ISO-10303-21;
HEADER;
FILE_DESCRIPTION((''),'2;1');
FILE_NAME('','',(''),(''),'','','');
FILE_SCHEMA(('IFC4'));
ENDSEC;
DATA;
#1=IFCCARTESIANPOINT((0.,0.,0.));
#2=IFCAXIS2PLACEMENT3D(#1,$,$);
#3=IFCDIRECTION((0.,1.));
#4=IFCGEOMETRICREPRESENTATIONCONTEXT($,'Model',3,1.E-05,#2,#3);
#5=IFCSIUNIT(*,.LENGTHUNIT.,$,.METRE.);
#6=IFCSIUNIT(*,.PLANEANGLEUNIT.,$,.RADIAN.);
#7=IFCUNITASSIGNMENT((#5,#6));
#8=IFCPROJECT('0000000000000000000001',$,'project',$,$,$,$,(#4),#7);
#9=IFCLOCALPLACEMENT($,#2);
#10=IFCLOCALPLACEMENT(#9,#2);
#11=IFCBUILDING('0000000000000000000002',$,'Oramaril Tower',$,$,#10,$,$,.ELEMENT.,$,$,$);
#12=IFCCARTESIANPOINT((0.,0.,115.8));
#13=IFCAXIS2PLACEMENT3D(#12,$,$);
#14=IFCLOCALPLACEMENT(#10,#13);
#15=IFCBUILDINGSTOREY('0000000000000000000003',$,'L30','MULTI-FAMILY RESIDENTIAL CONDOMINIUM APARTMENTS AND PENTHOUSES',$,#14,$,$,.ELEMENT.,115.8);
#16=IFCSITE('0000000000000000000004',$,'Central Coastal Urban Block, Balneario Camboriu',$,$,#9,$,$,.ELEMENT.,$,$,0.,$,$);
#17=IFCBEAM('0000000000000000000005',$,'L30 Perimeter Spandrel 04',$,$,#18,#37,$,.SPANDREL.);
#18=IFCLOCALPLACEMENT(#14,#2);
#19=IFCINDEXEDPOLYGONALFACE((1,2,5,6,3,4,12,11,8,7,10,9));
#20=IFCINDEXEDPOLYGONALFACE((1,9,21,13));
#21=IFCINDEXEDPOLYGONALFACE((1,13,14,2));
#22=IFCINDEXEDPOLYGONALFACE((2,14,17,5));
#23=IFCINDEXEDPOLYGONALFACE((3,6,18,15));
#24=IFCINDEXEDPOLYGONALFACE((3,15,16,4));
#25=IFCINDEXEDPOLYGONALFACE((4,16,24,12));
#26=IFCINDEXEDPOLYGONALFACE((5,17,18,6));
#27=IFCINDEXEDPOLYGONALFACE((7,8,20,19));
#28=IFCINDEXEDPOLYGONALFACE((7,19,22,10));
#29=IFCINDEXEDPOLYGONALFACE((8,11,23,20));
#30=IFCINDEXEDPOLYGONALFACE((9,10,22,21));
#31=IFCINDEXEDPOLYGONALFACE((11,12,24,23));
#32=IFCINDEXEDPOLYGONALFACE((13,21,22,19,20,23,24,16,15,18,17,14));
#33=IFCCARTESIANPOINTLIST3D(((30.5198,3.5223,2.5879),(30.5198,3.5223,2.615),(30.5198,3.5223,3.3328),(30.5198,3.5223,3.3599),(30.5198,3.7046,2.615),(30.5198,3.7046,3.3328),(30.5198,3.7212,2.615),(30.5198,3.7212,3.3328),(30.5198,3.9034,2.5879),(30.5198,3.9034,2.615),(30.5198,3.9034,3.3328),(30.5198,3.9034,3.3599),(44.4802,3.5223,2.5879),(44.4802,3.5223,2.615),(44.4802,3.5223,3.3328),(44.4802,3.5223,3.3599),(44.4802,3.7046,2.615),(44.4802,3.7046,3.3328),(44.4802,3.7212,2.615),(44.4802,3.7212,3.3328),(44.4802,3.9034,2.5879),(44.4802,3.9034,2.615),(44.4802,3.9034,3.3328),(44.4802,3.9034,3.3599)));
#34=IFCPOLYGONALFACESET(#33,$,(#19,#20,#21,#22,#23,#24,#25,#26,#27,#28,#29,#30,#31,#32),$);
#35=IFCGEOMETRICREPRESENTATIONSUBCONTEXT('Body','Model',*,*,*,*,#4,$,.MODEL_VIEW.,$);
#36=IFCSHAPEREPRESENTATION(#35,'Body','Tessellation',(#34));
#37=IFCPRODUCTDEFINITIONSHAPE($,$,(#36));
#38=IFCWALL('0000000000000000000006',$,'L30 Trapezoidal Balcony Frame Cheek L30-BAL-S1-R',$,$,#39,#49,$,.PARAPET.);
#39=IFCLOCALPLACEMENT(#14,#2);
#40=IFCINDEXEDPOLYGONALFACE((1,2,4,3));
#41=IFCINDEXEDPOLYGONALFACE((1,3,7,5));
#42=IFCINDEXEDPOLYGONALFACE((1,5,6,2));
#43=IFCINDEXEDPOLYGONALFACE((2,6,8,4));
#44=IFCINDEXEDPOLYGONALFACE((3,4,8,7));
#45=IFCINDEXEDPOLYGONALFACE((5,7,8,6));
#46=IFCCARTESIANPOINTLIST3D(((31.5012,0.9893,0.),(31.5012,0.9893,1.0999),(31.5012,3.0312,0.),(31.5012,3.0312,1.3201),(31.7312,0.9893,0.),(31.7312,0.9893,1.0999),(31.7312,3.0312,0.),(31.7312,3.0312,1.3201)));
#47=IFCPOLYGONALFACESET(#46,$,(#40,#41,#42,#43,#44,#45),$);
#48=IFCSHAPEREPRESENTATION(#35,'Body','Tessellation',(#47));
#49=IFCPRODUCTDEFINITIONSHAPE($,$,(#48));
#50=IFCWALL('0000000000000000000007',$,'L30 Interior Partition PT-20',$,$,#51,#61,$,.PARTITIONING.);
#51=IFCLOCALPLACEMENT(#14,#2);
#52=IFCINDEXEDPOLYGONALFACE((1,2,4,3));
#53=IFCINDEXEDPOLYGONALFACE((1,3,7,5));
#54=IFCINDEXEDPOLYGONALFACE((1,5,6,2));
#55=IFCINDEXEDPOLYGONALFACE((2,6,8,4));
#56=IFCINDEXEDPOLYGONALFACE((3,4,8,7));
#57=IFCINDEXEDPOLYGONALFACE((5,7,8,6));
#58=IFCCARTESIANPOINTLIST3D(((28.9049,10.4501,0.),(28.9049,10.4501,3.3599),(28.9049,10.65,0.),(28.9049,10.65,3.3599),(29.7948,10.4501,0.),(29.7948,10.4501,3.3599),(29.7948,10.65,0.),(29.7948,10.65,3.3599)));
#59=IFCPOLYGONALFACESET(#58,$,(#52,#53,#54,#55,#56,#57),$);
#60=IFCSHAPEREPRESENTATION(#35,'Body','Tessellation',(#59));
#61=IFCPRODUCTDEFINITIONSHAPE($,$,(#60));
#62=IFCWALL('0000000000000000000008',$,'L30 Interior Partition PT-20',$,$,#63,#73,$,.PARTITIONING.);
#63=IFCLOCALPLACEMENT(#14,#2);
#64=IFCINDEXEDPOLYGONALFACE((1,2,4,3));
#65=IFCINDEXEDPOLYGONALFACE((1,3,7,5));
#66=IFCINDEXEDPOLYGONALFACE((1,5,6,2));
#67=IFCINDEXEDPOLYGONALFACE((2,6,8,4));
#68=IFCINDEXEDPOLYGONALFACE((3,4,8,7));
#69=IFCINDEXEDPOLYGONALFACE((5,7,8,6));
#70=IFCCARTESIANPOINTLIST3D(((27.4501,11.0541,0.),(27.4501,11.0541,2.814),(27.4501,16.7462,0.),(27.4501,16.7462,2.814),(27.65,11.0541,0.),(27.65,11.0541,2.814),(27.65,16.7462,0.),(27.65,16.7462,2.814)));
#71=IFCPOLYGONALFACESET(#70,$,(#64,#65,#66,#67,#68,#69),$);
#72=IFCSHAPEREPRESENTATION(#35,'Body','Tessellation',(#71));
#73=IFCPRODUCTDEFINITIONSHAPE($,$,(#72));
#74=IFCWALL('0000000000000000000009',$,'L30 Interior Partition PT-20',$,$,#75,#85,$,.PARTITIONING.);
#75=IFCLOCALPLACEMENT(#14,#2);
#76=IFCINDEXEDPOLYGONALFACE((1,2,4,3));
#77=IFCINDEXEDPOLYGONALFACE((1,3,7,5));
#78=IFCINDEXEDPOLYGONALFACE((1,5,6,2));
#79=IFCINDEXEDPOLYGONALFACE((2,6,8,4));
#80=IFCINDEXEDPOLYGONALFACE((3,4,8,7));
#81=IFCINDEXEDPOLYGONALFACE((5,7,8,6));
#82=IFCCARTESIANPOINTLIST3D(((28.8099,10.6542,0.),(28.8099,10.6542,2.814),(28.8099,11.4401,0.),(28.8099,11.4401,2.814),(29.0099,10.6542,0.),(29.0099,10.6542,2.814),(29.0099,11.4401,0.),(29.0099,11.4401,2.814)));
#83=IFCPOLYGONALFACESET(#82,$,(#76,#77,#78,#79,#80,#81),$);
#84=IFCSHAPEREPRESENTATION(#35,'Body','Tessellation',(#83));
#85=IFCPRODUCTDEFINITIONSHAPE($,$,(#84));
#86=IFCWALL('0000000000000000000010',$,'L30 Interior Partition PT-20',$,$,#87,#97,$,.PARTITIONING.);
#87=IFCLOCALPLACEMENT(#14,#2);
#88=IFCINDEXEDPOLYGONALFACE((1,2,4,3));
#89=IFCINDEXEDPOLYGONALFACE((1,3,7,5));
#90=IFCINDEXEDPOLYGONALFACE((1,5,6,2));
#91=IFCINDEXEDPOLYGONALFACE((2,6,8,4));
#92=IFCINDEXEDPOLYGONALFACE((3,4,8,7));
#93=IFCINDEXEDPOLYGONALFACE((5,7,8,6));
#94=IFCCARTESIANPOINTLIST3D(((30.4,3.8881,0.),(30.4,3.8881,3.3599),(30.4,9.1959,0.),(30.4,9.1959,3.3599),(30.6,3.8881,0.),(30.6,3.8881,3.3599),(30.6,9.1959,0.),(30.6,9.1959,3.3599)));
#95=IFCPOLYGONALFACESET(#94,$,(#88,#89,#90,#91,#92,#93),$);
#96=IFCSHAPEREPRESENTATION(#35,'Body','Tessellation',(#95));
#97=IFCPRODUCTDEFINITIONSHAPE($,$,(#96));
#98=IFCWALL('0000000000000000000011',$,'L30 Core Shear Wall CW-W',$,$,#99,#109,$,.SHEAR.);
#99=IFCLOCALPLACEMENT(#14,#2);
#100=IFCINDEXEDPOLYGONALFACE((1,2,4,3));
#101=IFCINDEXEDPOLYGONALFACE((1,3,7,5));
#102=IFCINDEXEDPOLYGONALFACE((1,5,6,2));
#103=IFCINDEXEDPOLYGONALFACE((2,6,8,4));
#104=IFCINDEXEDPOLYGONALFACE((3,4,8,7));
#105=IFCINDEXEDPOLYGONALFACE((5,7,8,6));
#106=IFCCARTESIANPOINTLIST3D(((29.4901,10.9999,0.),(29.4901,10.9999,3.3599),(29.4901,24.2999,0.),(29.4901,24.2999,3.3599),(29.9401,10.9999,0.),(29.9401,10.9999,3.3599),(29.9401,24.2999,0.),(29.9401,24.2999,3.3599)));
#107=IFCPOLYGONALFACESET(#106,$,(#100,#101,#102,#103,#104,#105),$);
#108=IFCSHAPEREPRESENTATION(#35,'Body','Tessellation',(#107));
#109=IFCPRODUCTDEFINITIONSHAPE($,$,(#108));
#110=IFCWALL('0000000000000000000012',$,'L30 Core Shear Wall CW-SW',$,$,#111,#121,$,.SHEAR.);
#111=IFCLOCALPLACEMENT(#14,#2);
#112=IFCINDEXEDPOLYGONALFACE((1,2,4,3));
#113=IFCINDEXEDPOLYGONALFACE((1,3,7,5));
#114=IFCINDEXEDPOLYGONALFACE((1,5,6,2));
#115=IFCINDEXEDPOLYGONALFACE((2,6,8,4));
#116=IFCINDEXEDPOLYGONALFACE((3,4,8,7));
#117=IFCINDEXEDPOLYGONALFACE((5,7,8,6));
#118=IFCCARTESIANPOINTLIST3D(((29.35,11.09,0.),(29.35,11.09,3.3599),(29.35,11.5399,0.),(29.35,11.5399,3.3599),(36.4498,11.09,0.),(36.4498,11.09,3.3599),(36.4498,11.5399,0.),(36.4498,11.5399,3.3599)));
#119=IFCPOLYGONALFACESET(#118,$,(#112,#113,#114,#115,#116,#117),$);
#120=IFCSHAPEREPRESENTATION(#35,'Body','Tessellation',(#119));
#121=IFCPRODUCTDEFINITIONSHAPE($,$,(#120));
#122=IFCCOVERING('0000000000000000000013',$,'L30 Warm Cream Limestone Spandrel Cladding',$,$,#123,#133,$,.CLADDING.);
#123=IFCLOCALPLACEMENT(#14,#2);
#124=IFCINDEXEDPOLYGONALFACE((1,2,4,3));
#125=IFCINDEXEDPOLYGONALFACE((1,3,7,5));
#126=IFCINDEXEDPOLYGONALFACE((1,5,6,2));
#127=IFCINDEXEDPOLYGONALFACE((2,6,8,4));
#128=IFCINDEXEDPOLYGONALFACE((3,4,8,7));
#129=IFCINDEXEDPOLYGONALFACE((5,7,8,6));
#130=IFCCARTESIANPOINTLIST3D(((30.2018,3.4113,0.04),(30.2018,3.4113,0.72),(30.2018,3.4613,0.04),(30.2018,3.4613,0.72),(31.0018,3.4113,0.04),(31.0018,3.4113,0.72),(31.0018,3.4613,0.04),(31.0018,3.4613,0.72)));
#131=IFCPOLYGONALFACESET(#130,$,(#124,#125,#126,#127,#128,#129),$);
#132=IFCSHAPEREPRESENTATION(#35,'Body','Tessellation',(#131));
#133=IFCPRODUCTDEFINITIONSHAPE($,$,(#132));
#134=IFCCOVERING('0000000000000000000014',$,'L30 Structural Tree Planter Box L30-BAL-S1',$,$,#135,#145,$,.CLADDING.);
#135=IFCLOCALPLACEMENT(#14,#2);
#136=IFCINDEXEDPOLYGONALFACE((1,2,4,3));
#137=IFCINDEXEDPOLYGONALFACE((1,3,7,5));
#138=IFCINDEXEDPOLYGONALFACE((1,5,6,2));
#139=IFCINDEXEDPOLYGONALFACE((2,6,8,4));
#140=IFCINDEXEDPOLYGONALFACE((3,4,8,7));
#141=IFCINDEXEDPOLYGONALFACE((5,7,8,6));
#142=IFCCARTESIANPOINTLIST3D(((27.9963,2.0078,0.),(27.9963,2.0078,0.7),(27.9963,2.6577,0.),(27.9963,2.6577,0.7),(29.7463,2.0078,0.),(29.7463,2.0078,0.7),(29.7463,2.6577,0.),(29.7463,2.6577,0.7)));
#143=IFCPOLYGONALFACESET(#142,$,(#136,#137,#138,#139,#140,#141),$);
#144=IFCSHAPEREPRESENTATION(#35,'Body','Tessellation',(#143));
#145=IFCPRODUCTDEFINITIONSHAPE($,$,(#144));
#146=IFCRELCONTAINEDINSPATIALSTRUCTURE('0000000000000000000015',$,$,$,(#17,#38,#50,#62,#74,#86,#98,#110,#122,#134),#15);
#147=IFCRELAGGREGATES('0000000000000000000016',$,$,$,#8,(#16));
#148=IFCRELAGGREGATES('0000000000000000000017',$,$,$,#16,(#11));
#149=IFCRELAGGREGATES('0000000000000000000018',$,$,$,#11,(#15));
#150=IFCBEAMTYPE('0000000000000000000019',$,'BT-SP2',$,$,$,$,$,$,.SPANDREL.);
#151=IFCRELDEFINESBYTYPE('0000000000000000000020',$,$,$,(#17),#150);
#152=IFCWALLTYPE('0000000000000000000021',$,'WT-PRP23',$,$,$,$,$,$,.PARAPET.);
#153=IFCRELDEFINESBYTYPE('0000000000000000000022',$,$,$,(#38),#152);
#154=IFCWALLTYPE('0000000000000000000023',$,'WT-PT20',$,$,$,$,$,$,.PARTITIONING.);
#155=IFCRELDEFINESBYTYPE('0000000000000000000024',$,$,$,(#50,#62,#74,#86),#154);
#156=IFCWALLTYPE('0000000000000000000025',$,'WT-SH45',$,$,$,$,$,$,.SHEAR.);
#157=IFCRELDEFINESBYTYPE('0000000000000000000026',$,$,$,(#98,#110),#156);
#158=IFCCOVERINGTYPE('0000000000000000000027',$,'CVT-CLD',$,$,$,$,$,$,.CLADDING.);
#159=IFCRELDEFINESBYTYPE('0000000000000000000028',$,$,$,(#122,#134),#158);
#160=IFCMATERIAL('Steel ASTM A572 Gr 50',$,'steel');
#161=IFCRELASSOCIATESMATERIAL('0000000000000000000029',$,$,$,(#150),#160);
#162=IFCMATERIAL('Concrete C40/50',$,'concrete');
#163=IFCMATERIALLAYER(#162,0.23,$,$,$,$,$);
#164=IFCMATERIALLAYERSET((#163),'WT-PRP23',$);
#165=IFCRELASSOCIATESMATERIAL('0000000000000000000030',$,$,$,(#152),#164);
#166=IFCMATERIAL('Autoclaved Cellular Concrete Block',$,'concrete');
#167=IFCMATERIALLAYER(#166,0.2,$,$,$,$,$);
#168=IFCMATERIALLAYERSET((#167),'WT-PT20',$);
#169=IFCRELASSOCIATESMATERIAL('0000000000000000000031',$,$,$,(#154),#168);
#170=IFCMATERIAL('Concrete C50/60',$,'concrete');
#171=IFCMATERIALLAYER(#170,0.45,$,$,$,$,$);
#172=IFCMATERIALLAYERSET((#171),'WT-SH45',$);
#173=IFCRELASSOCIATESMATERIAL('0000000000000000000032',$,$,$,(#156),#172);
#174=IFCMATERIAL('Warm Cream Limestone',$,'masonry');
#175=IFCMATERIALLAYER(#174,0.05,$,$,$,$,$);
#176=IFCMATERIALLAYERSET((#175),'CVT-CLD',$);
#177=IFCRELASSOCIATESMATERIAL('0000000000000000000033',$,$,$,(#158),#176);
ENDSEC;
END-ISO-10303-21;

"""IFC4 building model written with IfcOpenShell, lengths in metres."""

from ifc_helpers import new_model, si_unit, direction, frame, frame_2d, origin, origin_2d, place, context, subcontext, project, spatial, polyline, rectangle, i_section, outline, extrude, material, layer, layer_set, material_profile, profile_set, type_object, element, save


model = new_model("IFC4")

# Units and contexts
model_context = context("Model", 3, precision=1e-05, world=origin(), true_north=direction((0.0, 1.0)))
body_context = subcontext(model_context, "Body", "Model", "MODEL_VIEW")
ifc_project = project(units=[si_unit("LENGTHUNIT", "METRE"), si_unit("PLANEANGLEUNIT", "RADIAN")], contexts=[model_context])

# Site, building, storey
site_placement = place(None, origin())
site = spatial("IfcSite", under=ifc_project, at=site_placement, Name="Central Coastal Urban Block, Balneario Camboriu", CompositionType="ELEMENT", RefElevation=0.0)
building_placement = place(site_placement, origin())
building = spatial("IfcBuilding", under=site, at=building_placement, Name="Oramaril Tower", CompositionType="ELEMENT")
storey_placement = place(building_placement, frame((0.0, 0.0, 115.8)))
storey = spatial("IfcBuildingStorey", under=building, at=storey_placement, Name="L30", Description="MULTI-FAMILY RESIDENTIAL CONDOMINIUM APARTMENTS AND PENTHOUSES", CompositionType="ELEMENT", Elevation=115.8)

# Beam
ifc_material_1 = material(Name="Steel ASTM A572 Gr 50", Category="steel")
ifc_material_profile_1 = material_profile(ifc_material_1, i_section(OverallWidth=0.3811, OverallDepth=0.772, WebThickness=0.0166, FlangeThickness=0.0271, at=origin_2d()), Name="W30X173")
ifc_profile_set_1 = profile_set([ifc_material_profile_1], Name="Steel ASTM A572 Gr 50")
beam_type_1 = type_object("IfcBeamType", Name="BT-SP2", PredefinedType="SPANDREL", material=ifc_profile_set_1)
beam_1_placement = place(storey_placement, frame((30.5198, 3.7129, 2.9739), z_axis=(1.0, 0.0, 0.0), x_axis=(0.0, 1.0, 0.0)))
element("IfcBeam", 1, at=beam_1_placement, inside=storey, type_object=beam_type_1, Name="L30 Perimeter Spandrel 04", PredefinedType="SPANDREL", context=body_context, shape_type="SweptSolid", body=[
    extrude(i_section(OverallWidth=0.3811, OverallDepth=0.772, WebThickness=0.0166, FlangeThickness=0.0271, at=origin_2d()), origin(), (0.0, 0.0, 1.0), 13.9604),
])

# Walls
ifc_material_2 = material(Name="Concrete C40/50", Category="concrete")
ifc_layer_1 = layer(ifc_material_2, 0.23)
ifc_layer_set_1 = layer_set([ifc_layer_1], Name="WT-PRP23")
wall_type_1 = type_object("IfcWallType", Name="WT-PRP23", PredefinedType="PARAPET", material=ifc_layer_set_1)
wall_1_placement = place(storey_placement, frame((31.6162, 3.0312, 0.0), z_axis=(0.0, 0.0, 1.0), x_axis=(0.0, -1.0, 0.0)))
element("IfcWall", 2, at=wall_1_placement, inside=storey, type_object=wall_type_1, Name="L30 Trapezoidal Balcony Frame Cheek L30-BAL-S1-R", PredefinedType="PARAPET", context=body_context, shape_type="SweptSolid", body=[
    extrude(outline(polyline([(0.0, 0.0), (2.042, 0.0), (2.042, 1.0999), (0.0, 1.3201), (0.0, 0.0)])), frame((0.0, 0.115, 0.0), z_axis=(0.0, -1.0, 0.0), x_axis=(1.0, 0.0, 0.0)), (0.0, 0.0, 1.0), 0.23),
])
ifc_material_3 = material(Name="Autoclaved Cellular Concrete Block", Category="concrete")
ifc_layer_2 = layer(ifc_material_3, 0.2)
ifc_layer_set_2 = layer_set([ifc_layer_2], Name="WT-PT20")
wall_type_2 = type_object("IfcWallType", Name="WT-PT20", PredefinedType="PARTITIONING", material=ifc_layer_set_2)
wall_2_placement = place(storey_placement, frame((28.905, 10.55, 0.0), z_axis=(0.0, 0.0, 1.0), x_axis=(1.0, 0.0, 0.0)))
element("IfcWall", 3, at=wall_2_placement, inside=storey, type_object=wall_type_2, Name="L30 Interior Partition PT-20", PredefinedType="PARTITIONING", context=body_context, shape_type="SweptSolid", body=[
    extrude(rectangle(XDim=0.8899, YDim=0.2, at=frame_2d((0.4448, 0.0))), origin(), (0.0, 0.0, 1.0), 3.3599),
])
wall_3_placement = place(storey_placement, frame((27.55, 11.054, 0.0), z_axis=(0.0, 0.0, 1.0), x_axis=(0.0, 1.0, 0.0)))
element("IfcWall", 4, at=wall_3_placement, inside=storey, type_object=wall_type_2, Name="L30 Interior Partition PT-20", PredefinedType="PARTITIONING", context=body_context, shape_type="SweptSolid", body=[
    extrude(rectangle(XDim=5.6921, YDim=0.2, at=frame_2d((2.8462, 0.0))), origin(), (0.0, 0.0, 1.0), 2.814),
])
wall_4_placement = place(storey_placement, frame((28.9099, 10.6541, 0.0), z_axis=(0.0, 0.0, 1.0), x_axis=(0.0, 1.0, 0.0)))
element("IfcWall", 5, at=wall_4_placement, inside=storey, type_object=wall_type_2, Name="L30 Interior Partition PT-20", PredefinedType="PARTITIONING", context=body_context, shape_type="SweptSolid", body=[
    extrude(rectangle(XDim=0.7859, YDim=0.2, at=frame_2d((0.3931, 0.0))), origin(), (0.0, 0.0, 1.0), 2.814),
])
wall_5_placement = place(storey_placement, frame((30.5, 3.8882, 0.0), z_axis=(0.0, 0.0, 1.0), x_axis=(0.0, 1.0, 0.0)))
element("IfcWall", 6, at=wall_5_placement, inside=storey, type_object=wall_type_2, Name="L30 Interior Partition PT-20", PredefinedType="PARTITIONING", context=body_context, shape_type="SweptSolid", body=[
    extrude(rectangle(XDim=5.3079, YDim=0.2, at=frame_2d((2.6538, 0.0))), origin(), (0.0, 0.0, 1.0), 3.3599),
])
ifc_material_4 = material(Name="Concrete C50/60", Category="concrete")
ifc_layer_3 = layer(ifc_material_4, 0.45)
ifc_layer_set_3 = layer_set([ifc_layer_3], Name="WT-SH45")
wall_type_3 = type_object("IfcWallType", Name="WT-SH45", PredefinedType="SHEAR", material=ifc_layer_set_3)
wall_6_placement = place(storey_placement, frame((29.7151, 11.0, 0.0), z_axis=(0.0, 0.0, 1.0), x_axis=(0.0, 1.0, 0.0)))
element("IfcWall", 7, at=wall_6_placement, inside=storey, type_object=wall_type_3, Name="L30 Core Shear Wall CW-W", PredefinedType="SHEAR", context=body_context, shape_type="SweptSolid", body=[
    extrude(rectangle(XDim=13.3, YDim=0.45, at=frame_2d((6.6499, 0.0))), origin(), (0.0, 0.0, 1.0), 3.3599),
])
wall_7_placement = place(storey_placement, frame((29.3501, 11.3149, 0.0), z_axis=(0.0, 0.0, 1.0), x_axis=(1.0, 0.0, 0.0)))
element("IfcWall", 8, at=wall_7_placement, inside=storey, type_object=wall_type_3, Name="L30 Core Shear Wall CW-SW", PredefinedType="SHEAR", context=body_context, shape_type="SweptSolid", body=[
    extrude(rectangle(XDim=7.0999, YDim=0.45, at=frame_2d((3.5498, 0.0))), origin(), (0.0, 0.0, 1.0), 3.3599),
])

# Coverings
ifc_material_5 = material(Name="Warm Cream Limestone", Category="masonry")
ifc_layer_4 = layer(ifc_material_5, 0.05)
ifc_layer_set_4 = layer_set([ifc_layer_4], Name="CVT-CLD")
covering_type = type_object("IfcCoveringType", Name="CVT-CLD", PredefinedType="CLADDING", material=ifc_layer_set_4)
covering_1_placement = place(storey_placement, frame((30.6018, 3.4363, 0.04), z_axis=(0.0, 0.0, 1.0), x_axis=(1.0, 0.0, 0.0)))
element("IfcCovering", 9, at=covering_1_placement, inside=storey, type_object=covering_type, Name="L30 Warm Cream Limestone Spandrel Cladding", PredefinedType="CLADDING", context=body_context, shape_type="SweptSolid", body=[
    extrude(rectangle(XDim=0.8, YDim=0.05, at=origin_2d()), origin(), (0.0, 0.0, 1.0), 0.6799),
])
covering_2_placement = place(storey_placement, frame((28.8713, 2.3328, 0.0), z_axis=(0.0, 0.0, 1.0), x_axis=(1.0, 0.0, 0.0)))
element("IfcCovering", 10, at=covering_2_placement, inside=storey, type_object=covering_type, Name="L30 Structural Tree Planter Box L30-BAL-S1", PredefinedType="CLADDING", context=body_context, shape_type="SweptSolid", body=[
    extrude(rectangle(XDim=1.75, YDim=0.6499, at=origin_2d()), origin(), (0.0, 0.0, 1.0), 0.7),
])

save(model, "model.ifc")
